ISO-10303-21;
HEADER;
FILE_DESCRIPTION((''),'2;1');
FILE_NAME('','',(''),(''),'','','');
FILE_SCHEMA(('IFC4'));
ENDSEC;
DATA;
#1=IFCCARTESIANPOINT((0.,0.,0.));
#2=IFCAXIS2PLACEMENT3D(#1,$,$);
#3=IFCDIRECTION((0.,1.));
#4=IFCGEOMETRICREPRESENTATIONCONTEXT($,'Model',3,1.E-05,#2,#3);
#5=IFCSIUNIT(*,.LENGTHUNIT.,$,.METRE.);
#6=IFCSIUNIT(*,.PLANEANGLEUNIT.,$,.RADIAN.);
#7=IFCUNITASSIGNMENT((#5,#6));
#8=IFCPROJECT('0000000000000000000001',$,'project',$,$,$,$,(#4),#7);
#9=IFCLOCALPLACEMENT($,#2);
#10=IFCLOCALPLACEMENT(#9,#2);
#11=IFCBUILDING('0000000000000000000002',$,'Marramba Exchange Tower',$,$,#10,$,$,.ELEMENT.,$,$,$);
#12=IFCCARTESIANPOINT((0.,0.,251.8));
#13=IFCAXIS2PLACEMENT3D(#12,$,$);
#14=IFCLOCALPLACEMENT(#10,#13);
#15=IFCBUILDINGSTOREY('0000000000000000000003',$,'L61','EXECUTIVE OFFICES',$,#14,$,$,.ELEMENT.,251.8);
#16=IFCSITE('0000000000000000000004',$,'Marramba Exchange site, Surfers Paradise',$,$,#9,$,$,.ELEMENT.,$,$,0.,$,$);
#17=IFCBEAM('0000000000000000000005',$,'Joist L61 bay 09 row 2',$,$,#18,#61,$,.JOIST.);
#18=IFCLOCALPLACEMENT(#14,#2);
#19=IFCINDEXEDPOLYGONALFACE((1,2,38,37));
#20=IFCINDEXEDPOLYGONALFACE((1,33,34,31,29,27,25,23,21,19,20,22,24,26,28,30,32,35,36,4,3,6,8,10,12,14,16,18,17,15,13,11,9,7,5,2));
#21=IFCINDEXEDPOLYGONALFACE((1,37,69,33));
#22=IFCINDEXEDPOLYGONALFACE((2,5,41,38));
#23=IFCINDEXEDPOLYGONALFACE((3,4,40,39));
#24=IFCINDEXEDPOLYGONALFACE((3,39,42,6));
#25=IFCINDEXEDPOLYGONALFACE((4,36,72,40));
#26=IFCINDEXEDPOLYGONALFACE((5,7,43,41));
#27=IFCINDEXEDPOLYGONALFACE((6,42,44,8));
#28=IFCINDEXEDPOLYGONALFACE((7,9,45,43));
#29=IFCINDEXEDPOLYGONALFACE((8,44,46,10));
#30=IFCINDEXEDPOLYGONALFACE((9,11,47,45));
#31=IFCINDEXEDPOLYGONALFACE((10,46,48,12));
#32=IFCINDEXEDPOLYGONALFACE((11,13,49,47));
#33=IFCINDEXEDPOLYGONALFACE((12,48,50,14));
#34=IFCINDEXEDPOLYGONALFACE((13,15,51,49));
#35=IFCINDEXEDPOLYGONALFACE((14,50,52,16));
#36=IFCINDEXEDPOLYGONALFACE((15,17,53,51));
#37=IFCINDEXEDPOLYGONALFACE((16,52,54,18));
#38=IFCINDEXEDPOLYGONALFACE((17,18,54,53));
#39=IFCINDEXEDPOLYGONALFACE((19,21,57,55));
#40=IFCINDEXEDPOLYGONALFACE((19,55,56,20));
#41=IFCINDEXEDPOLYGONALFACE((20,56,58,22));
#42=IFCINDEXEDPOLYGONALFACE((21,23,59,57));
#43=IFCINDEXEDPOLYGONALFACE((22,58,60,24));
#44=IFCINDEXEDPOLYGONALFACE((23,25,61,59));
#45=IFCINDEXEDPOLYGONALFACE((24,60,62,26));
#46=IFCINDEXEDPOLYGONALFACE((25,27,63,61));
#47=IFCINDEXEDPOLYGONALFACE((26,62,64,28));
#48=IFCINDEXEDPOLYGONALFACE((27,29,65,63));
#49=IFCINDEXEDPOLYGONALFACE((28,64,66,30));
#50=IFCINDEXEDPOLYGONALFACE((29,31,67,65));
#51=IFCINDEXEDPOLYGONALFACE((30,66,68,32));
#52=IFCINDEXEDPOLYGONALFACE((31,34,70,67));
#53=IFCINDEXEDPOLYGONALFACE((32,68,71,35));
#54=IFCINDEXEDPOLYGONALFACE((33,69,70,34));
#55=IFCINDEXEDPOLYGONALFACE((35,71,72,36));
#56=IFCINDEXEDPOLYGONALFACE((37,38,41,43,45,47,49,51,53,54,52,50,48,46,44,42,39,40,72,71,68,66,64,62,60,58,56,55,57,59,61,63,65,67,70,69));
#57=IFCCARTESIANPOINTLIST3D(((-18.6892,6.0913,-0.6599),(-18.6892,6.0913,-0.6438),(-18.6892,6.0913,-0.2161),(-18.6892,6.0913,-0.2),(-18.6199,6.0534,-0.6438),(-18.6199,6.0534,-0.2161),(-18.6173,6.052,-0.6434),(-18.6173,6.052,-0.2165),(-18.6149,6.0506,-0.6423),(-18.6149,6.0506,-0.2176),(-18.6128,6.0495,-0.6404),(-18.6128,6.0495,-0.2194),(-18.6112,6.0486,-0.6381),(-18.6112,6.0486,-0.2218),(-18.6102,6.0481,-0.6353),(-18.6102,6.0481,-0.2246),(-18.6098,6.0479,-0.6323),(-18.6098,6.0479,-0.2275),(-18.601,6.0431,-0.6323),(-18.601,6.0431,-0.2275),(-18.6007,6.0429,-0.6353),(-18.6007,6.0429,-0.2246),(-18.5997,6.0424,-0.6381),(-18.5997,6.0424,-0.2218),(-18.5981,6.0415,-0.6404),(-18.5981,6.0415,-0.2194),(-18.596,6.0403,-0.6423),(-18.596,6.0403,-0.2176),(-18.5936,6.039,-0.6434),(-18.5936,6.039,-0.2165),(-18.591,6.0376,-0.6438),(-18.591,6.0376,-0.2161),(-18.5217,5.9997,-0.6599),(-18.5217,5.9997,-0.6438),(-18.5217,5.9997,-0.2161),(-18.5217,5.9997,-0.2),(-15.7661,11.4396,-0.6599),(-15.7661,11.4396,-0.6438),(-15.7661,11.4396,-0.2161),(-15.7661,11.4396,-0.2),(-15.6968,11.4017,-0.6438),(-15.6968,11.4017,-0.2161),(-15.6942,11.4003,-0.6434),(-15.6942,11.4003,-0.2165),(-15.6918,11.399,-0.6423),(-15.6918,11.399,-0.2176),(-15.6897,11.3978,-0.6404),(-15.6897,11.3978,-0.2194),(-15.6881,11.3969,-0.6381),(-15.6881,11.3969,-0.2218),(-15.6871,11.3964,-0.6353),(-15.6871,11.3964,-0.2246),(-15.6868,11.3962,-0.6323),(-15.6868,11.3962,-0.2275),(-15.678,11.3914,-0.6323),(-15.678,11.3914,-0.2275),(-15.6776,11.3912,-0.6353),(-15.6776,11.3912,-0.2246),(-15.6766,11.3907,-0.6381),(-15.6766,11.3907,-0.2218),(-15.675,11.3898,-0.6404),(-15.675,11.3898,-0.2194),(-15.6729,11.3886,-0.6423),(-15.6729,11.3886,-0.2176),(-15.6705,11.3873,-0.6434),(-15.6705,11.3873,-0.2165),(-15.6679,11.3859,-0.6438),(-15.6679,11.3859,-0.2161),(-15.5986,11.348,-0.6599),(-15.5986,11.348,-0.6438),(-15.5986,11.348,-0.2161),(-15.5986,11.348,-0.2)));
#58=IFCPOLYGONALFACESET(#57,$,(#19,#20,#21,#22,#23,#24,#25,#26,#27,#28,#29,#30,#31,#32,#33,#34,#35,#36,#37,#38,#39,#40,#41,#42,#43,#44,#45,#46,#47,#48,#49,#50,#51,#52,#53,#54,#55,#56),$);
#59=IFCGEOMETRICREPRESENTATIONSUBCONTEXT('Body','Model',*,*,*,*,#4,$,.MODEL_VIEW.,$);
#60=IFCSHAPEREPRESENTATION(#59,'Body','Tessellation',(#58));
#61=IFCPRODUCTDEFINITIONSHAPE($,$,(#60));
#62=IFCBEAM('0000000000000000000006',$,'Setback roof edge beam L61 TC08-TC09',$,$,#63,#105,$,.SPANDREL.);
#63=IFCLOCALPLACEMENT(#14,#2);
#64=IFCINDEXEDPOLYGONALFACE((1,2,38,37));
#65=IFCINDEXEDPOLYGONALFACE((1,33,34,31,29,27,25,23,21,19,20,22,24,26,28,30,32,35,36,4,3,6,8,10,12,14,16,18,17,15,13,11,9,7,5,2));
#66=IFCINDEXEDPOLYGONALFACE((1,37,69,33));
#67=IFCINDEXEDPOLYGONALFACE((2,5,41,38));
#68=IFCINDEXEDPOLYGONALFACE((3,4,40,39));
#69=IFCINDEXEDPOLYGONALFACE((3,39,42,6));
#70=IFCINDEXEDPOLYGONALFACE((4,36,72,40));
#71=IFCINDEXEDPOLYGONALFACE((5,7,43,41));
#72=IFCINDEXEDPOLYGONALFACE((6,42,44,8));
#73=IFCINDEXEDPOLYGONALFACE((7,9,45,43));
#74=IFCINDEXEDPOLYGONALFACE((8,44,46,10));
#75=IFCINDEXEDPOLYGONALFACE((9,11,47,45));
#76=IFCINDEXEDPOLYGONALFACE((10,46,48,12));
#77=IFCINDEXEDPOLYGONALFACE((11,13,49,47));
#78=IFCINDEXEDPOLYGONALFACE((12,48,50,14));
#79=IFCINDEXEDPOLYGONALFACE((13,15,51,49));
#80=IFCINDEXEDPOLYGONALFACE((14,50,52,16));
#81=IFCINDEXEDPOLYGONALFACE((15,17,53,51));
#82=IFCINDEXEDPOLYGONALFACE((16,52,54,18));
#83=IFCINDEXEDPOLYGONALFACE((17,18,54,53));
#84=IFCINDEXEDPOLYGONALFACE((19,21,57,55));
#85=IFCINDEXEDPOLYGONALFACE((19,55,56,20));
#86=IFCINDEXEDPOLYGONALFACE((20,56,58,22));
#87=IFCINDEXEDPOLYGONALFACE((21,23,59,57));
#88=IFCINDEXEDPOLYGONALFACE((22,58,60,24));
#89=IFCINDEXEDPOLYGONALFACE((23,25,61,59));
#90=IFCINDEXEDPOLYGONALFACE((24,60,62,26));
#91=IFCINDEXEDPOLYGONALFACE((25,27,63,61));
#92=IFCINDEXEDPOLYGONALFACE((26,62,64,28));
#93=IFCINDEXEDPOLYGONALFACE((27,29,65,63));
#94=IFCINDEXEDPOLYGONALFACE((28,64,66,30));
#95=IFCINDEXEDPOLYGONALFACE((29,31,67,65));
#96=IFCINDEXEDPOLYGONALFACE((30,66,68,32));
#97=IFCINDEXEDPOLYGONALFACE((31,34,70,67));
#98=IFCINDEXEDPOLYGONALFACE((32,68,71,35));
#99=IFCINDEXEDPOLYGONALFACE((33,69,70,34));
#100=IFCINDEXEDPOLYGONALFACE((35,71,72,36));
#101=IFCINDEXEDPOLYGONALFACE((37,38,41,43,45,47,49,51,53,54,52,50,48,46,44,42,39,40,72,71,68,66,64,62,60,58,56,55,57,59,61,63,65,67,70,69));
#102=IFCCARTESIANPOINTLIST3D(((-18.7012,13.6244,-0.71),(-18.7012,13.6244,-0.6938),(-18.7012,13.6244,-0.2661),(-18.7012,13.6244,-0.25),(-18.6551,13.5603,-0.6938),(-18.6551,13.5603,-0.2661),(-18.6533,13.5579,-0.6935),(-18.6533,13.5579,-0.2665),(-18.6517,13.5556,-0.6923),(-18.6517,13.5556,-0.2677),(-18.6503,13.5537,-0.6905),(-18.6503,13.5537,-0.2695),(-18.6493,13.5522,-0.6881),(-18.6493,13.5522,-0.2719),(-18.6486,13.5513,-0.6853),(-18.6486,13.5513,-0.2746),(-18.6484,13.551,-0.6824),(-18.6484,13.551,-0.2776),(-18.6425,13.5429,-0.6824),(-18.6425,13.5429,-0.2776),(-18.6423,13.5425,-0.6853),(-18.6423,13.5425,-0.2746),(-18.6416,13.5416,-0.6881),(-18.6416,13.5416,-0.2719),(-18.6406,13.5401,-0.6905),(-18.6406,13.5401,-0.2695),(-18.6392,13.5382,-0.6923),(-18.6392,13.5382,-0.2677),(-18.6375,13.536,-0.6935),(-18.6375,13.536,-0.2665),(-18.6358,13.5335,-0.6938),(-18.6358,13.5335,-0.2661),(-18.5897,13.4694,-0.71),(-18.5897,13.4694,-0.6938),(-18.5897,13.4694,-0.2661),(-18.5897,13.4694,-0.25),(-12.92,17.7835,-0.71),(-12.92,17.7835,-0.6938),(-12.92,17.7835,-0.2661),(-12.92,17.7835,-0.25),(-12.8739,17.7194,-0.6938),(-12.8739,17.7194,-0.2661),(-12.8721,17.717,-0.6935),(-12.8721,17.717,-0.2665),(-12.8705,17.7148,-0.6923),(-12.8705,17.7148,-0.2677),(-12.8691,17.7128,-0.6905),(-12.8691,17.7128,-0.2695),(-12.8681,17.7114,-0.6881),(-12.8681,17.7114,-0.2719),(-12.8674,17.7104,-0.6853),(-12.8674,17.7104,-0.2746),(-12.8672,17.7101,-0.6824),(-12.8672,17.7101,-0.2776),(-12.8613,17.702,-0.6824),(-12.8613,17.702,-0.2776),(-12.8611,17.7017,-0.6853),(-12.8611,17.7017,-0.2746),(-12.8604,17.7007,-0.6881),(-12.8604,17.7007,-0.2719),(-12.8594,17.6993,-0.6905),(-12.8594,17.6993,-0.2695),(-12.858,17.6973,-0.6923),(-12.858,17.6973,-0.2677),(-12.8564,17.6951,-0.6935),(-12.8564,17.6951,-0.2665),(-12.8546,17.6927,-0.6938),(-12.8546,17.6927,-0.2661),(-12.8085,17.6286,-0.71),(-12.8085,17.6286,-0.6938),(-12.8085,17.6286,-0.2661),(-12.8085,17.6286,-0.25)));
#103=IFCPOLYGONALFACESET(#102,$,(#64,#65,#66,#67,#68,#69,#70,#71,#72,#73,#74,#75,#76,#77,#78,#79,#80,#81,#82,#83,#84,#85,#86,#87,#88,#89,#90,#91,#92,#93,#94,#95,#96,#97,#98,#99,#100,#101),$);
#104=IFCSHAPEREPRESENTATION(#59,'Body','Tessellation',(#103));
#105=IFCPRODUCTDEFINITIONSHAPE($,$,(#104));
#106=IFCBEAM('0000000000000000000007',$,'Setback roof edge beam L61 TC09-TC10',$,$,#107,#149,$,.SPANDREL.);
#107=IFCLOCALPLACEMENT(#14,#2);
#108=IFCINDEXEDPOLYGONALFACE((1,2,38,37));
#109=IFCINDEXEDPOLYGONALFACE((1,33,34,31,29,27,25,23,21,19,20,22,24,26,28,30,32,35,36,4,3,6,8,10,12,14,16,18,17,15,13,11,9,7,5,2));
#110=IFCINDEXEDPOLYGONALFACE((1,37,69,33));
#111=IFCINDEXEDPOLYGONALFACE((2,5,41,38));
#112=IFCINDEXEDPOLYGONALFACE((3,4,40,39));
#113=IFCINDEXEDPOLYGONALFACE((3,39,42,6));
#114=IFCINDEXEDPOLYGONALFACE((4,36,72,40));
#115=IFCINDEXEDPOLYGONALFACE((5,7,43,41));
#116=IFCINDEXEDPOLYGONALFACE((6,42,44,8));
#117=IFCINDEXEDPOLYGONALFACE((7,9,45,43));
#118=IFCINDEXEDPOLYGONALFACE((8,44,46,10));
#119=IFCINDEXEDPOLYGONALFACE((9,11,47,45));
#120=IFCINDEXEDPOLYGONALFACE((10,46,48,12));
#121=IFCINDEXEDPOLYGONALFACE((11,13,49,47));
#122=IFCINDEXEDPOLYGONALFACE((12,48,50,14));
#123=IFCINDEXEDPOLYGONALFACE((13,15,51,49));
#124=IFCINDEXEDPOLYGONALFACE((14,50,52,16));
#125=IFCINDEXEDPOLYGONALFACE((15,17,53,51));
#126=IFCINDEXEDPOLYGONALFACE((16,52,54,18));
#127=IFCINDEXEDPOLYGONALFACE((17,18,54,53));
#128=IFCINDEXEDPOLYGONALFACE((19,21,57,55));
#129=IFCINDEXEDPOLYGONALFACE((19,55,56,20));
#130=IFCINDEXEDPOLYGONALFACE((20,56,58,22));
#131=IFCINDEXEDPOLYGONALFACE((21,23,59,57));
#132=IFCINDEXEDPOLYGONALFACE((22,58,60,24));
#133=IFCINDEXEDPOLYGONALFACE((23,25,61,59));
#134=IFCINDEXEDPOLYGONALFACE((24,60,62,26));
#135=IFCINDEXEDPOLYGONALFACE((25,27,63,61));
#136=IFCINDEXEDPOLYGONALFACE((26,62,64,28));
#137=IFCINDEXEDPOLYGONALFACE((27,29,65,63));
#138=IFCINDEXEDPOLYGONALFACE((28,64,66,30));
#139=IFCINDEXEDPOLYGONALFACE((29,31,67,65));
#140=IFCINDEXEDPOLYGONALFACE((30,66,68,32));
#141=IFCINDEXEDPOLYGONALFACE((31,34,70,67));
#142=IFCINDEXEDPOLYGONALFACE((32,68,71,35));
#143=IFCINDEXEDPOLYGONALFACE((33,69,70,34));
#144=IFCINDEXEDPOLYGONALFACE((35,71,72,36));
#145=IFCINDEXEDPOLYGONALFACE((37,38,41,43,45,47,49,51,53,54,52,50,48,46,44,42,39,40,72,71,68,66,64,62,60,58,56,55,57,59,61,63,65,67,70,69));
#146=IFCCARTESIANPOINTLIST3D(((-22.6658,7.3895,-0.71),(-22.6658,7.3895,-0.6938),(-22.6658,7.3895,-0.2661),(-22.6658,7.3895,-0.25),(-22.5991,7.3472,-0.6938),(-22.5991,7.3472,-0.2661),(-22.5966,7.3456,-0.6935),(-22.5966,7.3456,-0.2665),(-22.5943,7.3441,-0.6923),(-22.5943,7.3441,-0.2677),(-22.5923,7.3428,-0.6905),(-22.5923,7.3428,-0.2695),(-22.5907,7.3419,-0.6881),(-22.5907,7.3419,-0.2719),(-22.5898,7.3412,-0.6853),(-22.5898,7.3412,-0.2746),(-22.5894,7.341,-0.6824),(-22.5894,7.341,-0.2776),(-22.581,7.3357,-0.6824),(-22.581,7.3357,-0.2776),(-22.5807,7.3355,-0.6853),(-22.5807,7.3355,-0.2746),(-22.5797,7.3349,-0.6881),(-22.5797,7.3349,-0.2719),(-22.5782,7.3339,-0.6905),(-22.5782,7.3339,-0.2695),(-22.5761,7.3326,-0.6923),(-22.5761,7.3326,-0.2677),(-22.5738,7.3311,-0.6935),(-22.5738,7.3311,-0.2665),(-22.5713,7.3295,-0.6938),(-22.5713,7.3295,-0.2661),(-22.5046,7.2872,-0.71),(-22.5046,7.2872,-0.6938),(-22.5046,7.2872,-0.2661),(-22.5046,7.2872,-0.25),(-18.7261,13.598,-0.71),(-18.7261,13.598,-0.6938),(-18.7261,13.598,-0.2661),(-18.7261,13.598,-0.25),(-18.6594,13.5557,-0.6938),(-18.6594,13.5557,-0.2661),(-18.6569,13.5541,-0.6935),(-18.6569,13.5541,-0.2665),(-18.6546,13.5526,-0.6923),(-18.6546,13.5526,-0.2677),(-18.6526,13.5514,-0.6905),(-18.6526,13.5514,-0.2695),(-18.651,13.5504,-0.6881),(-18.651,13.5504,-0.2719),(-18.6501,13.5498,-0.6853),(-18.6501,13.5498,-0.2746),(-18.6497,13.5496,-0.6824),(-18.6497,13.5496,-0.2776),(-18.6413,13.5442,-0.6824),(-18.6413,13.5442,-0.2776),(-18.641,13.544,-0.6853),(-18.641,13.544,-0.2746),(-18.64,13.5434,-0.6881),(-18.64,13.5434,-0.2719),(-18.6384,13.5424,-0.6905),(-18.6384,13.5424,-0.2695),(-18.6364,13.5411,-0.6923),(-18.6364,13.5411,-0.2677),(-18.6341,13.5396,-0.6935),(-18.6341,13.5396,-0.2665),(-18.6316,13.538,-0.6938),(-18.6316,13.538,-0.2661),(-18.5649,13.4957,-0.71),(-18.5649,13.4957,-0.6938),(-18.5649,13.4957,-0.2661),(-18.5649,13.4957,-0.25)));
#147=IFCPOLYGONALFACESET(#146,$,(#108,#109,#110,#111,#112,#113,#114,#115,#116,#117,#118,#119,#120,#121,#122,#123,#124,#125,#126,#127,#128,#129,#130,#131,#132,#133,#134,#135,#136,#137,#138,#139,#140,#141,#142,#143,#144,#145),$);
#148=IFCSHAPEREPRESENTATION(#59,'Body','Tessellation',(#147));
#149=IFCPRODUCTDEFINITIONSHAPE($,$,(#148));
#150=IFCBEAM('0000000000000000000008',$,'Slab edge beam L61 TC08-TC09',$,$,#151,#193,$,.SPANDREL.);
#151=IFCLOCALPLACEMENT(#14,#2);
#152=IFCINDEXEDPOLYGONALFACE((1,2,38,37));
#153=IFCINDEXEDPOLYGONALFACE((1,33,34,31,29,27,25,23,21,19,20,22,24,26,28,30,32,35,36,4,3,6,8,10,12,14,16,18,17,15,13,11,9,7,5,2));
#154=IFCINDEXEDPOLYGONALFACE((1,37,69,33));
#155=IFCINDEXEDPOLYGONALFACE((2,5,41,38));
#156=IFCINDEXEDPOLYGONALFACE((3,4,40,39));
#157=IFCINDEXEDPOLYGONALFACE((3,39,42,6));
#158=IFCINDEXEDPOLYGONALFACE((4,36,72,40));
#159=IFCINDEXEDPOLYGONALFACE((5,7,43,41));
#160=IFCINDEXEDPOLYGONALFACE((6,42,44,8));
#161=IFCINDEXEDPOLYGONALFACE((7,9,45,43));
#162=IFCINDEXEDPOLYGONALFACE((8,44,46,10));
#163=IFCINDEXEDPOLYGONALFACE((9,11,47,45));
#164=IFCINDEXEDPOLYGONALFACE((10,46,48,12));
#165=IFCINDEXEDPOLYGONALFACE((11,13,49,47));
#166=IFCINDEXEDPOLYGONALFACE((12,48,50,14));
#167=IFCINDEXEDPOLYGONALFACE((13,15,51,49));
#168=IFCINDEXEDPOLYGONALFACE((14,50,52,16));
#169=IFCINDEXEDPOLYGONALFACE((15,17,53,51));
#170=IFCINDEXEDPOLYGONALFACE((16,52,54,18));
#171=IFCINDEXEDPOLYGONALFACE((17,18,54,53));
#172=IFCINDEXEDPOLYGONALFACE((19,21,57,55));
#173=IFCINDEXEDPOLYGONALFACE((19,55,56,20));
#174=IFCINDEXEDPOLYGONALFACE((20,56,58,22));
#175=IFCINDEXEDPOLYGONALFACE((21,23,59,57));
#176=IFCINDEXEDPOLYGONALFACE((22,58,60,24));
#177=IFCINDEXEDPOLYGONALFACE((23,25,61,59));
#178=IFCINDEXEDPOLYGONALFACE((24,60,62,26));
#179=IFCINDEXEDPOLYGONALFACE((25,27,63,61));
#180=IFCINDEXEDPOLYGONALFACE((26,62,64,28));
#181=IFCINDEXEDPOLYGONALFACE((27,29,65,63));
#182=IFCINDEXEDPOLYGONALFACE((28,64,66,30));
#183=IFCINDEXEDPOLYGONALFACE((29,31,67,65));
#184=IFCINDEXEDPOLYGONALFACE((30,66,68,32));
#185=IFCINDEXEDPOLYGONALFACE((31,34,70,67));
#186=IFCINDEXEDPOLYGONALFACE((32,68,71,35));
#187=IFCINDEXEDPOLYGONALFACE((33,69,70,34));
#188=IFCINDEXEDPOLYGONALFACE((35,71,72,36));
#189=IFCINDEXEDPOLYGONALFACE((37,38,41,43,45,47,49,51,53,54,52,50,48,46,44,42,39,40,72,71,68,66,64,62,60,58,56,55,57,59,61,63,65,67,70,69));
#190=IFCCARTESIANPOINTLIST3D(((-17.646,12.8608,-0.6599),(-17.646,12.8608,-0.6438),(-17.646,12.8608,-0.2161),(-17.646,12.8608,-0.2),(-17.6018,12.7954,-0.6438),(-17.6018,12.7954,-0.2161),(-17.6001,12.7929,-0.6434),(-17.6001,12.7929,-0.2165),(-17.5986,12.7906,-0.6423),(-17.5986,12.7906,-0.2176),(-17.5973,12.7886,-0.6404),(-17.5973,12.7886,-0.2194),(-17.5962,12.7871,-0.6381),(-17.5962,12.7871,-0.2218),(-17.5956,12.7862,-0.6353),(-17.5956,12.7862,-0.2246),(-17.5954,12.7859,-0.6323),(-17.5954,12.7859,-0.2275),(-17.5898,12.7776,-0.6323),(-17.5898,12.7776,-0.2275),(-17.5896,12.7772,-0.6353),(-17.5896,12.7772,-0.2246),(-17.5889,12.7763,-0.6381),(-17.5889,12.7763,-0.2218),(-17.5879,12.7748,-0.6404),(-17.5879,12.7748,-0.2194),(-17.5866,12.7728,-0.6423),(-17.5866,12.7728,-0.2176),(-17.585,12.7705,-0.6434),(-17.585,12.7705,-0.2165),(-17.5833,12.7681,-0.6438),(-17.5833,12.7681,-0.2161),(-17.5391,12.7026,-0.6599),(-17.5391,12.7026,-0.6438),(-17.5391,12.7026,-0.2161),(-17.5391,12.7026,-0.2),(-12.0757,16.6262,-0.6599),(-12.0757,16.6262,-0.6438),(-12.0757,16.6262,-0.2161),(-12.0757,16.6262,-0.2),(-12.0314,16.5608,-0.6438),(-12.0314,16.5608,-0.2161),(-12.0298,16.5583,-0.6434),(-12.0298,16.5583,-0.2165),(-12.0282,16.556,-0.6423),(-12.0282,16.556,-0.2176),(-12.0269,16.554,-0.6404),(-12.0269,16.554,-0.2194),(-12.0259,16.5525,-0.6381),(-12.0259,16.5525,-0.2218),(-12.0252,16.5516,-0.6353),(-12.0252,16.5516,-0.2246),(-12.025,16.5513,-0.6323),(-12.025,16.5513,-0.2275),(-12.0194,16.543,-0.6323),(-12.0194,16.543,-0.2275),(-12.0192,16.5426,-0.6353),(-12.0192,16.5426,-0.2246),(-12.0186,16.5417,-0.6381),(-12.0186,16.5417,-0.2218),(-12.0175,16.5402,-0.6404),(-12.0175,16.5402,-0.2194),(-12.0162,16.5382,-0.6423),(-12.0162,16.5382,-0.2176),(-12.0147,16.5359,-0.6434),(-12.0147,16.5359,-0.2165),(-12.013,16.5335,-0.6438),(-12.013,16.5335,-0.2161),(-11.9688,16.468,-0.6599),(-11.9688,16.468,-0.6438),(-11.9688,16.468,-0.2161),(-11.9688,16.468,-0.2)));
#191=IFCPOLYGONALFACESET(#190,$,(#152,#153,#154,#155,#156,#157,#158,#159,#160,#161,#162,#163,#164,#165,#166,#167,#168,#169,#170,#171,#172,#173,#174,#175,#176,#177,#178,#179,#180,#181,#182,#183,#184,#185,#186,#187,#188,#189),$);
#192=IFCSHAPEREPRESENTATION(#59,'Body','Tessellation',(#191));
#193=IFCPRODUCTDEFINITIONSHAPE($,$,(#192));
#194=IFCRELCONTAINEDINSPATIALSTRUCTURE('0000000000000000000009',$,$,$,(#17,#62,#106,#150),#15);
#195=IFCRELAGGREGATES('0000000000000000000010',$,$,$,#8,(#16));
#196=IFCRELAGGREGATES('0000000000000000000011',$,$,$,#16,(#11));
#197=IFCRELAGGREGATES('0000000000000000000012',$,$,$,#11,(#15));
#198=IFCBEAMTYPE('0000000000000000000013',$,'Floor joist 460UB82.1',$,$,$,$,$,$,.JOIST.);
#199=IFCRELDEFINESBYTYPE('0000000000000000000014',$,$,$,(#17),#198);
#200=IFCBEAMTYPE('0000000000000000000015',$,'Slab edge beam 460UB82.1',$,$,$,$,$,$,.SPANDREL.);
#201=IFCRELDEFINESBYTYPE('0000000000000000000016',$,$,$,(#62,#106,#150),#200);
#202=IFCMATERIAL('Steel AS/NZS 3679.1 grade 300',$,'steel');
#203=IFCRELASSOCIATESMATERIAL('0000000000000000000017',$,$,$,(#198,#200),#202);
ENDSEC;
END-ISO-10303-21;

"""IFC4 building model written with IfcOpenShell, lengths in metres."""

from ifc_helpers import new_model, si_unit, direction, frame, origin, origin_2d, place, context, subcontext, project, spatial, i_section, extrude, material, material_profile, profile_set, type_object, element, save


model = new_model("IFC4")

# Units and contexts
model_context = context("Model", 3, precision=1e-05, world=origin(), true_north=direction((0.0, 1.0)))
body_context = subcontext(model_context, "Body", "Model", "MODEL_VIEW")
ifc_project = project(units=[si_unit("LENGTHUNIT", "METRE"), si_unit("PLANEANGLEUNIT", "RADIAN")], contexts=[model_context])

# Site, building, storey
site_placement = place(None, origin())
site = spatial("IfcSite", under=ifc_project, at=site_placement, Name="Marramba Exchange site, Surfers Paradise", CompositionType="ELEMENT", RefElevation=0.0)
building_placement = place(site_placement, origin())
building = spatial("IfcBuilding", under=site, at=building_placement, Name="Marramba Exchange Tower", CompositionType="ELEMENT")
storey_placement = place(building_placement, frame((0.0, 0.0, 251.8)))
storey = spatial("IfcBuildingStorey", under=building, at=storey_placement, Name="L61", Description="EXECUTIVE OFFICES", CompositionType="ELEMENT", Elevation=251.8)

# Beams
ifc_material_1 = material(Name="Steel AS/NZS 3679.1 grade 300", Category="steel")
ifc_material_profile_1 = material_profile(ifc_material_1, i_section(OverallWidth=0.1909, OverallDepth=0.46, WebThickness=0.01, FlangeThickness=0.0161, FilletRadius=0.0115, at=origin_2d()), Name="460UB82.1")
ifc_profile_set_1 = profile_set([ifc_material_profile_1], Name="Steel AS/NZS 3679.1 grade 300")
beam_type_1 = type_object("IfcBeamType", Name="Floor joist 460UB82.1", PredefinedType="JOIST", material=ifc_profile_set_1)
beam_1_placement = place(storey_placement, frame((-15.6824, 11.3938, -0.4299), z_axis=(-0.479584, -0.877496, 0.0), x_axis=(0.877496, -0.479584, 0.0)))
element("IfcBeam", 1, at=beam_1_placement, inside=storey, type_object=beam_type_1, Name="Joist L61 bay 09 row 2", PredefinedType="JOIST", context=body_context, shape_type="SweptSolid", body=[
    extrude(i_section(OverallWidth=0.1909, OverallDepth=0.46, WebThickness=0.01, FlangeThickness=0.0161, FilletRadius=0.0115, at=origin_2d()), origin(), (0.0, 0.0, 1.0), 6.095),
])
ifc_material_profile_2 = material_profile(ifc_material_1, i_section(OverallWidth=0.1909, OverallDepth=0.46, WebThickness=0.01, FlangeThickness=0.0161, FilletRadius=0.0115, at=origin_2d()), Name="460UB82.1")
ifc_profile_set_2 = profile_set([ifc_material_profile_2], Name="Steel AS/NZS 3679.1 grade 300")
beam_type_2 = type_object("IfcBeamType", Name="Slab edge beam 460UB82.1", PredefinedType="SPANDREL", material=ifc_profile_set_2)
beam_2_placement = place(storey_placement, frame((-12.8643, 17.7061, -0.48), z_axis=(-0.811755, -0.583998, 0.0), x_axis=(0.583998, -0.811755, 0.0)))
element("IfcBeam", 2, at=beam_2_placement, inside=storey, type_object=beam_type_2, Name="Setback roof edge beam L61 TC08-TC09", PredefinedType="SPANDREL", context=body_context, shape_type="SweptSolid", body=[
    extrude(i_section(OverallWidth=0.1909, OverallDepth=0.46, WebThickness=0.01, FlangeThickness=0.0161, FilletRadius=0.0115, at=origin_2d()), origin(), (0.0, 0.0, 1.0), 7.1218),
])
beam_3_placement = place(storey_placement, frame((-18.6455, 13.5469, -0.48), z_axis=(-0.535794, -0.844348, 0.0), x_axis=(0.844348, -0.535794, 0.0)))
element("IfcBeam", 3, at=beam_3_placement, inside=storey, type_object=beam_type_2, Name="Setback roof edge beam L61 TC09-TC10", PredefinedType="SPANDREL", context=body_context, shape_type="SweptSolid", body=[
    extrude(i_section(OverallWidth=0.1909, OverallDepth=0.46, WebThickness=0.01, FlangeThickness=0.0161, FilletRadius=0.0115, at=origin_2d()), origin(), (0.0, 0.0, 1.0), 7.353),
])
beam_4_placement = place(storey_placement, frame((-12.0222, 16.5471, -0.4299), z_axis=(-0.828475, -0.560027, 0.0), x_axis=(0.560027, -0.828475, 0.0)))
element("IfcBeam", 4, at=beam_4_placement, inside=storey, type_object=beam_type_2, Name="Slab edge beam L61 TC08-TC09", PredefinedType="SPANDREL", context=body_context, shape_type="SweptSolid", body=[
    extrude(i_section(OverallWidth=0.1909, OverallDepth=0.46, WebThickness=0.01, FlangeThickness=0.0161, FilletRadius=0.0115, at=origin_2d()), origin(), (0.0, 0.0, 1.0), 6.7236),
])

save(model, "model.ifc")
